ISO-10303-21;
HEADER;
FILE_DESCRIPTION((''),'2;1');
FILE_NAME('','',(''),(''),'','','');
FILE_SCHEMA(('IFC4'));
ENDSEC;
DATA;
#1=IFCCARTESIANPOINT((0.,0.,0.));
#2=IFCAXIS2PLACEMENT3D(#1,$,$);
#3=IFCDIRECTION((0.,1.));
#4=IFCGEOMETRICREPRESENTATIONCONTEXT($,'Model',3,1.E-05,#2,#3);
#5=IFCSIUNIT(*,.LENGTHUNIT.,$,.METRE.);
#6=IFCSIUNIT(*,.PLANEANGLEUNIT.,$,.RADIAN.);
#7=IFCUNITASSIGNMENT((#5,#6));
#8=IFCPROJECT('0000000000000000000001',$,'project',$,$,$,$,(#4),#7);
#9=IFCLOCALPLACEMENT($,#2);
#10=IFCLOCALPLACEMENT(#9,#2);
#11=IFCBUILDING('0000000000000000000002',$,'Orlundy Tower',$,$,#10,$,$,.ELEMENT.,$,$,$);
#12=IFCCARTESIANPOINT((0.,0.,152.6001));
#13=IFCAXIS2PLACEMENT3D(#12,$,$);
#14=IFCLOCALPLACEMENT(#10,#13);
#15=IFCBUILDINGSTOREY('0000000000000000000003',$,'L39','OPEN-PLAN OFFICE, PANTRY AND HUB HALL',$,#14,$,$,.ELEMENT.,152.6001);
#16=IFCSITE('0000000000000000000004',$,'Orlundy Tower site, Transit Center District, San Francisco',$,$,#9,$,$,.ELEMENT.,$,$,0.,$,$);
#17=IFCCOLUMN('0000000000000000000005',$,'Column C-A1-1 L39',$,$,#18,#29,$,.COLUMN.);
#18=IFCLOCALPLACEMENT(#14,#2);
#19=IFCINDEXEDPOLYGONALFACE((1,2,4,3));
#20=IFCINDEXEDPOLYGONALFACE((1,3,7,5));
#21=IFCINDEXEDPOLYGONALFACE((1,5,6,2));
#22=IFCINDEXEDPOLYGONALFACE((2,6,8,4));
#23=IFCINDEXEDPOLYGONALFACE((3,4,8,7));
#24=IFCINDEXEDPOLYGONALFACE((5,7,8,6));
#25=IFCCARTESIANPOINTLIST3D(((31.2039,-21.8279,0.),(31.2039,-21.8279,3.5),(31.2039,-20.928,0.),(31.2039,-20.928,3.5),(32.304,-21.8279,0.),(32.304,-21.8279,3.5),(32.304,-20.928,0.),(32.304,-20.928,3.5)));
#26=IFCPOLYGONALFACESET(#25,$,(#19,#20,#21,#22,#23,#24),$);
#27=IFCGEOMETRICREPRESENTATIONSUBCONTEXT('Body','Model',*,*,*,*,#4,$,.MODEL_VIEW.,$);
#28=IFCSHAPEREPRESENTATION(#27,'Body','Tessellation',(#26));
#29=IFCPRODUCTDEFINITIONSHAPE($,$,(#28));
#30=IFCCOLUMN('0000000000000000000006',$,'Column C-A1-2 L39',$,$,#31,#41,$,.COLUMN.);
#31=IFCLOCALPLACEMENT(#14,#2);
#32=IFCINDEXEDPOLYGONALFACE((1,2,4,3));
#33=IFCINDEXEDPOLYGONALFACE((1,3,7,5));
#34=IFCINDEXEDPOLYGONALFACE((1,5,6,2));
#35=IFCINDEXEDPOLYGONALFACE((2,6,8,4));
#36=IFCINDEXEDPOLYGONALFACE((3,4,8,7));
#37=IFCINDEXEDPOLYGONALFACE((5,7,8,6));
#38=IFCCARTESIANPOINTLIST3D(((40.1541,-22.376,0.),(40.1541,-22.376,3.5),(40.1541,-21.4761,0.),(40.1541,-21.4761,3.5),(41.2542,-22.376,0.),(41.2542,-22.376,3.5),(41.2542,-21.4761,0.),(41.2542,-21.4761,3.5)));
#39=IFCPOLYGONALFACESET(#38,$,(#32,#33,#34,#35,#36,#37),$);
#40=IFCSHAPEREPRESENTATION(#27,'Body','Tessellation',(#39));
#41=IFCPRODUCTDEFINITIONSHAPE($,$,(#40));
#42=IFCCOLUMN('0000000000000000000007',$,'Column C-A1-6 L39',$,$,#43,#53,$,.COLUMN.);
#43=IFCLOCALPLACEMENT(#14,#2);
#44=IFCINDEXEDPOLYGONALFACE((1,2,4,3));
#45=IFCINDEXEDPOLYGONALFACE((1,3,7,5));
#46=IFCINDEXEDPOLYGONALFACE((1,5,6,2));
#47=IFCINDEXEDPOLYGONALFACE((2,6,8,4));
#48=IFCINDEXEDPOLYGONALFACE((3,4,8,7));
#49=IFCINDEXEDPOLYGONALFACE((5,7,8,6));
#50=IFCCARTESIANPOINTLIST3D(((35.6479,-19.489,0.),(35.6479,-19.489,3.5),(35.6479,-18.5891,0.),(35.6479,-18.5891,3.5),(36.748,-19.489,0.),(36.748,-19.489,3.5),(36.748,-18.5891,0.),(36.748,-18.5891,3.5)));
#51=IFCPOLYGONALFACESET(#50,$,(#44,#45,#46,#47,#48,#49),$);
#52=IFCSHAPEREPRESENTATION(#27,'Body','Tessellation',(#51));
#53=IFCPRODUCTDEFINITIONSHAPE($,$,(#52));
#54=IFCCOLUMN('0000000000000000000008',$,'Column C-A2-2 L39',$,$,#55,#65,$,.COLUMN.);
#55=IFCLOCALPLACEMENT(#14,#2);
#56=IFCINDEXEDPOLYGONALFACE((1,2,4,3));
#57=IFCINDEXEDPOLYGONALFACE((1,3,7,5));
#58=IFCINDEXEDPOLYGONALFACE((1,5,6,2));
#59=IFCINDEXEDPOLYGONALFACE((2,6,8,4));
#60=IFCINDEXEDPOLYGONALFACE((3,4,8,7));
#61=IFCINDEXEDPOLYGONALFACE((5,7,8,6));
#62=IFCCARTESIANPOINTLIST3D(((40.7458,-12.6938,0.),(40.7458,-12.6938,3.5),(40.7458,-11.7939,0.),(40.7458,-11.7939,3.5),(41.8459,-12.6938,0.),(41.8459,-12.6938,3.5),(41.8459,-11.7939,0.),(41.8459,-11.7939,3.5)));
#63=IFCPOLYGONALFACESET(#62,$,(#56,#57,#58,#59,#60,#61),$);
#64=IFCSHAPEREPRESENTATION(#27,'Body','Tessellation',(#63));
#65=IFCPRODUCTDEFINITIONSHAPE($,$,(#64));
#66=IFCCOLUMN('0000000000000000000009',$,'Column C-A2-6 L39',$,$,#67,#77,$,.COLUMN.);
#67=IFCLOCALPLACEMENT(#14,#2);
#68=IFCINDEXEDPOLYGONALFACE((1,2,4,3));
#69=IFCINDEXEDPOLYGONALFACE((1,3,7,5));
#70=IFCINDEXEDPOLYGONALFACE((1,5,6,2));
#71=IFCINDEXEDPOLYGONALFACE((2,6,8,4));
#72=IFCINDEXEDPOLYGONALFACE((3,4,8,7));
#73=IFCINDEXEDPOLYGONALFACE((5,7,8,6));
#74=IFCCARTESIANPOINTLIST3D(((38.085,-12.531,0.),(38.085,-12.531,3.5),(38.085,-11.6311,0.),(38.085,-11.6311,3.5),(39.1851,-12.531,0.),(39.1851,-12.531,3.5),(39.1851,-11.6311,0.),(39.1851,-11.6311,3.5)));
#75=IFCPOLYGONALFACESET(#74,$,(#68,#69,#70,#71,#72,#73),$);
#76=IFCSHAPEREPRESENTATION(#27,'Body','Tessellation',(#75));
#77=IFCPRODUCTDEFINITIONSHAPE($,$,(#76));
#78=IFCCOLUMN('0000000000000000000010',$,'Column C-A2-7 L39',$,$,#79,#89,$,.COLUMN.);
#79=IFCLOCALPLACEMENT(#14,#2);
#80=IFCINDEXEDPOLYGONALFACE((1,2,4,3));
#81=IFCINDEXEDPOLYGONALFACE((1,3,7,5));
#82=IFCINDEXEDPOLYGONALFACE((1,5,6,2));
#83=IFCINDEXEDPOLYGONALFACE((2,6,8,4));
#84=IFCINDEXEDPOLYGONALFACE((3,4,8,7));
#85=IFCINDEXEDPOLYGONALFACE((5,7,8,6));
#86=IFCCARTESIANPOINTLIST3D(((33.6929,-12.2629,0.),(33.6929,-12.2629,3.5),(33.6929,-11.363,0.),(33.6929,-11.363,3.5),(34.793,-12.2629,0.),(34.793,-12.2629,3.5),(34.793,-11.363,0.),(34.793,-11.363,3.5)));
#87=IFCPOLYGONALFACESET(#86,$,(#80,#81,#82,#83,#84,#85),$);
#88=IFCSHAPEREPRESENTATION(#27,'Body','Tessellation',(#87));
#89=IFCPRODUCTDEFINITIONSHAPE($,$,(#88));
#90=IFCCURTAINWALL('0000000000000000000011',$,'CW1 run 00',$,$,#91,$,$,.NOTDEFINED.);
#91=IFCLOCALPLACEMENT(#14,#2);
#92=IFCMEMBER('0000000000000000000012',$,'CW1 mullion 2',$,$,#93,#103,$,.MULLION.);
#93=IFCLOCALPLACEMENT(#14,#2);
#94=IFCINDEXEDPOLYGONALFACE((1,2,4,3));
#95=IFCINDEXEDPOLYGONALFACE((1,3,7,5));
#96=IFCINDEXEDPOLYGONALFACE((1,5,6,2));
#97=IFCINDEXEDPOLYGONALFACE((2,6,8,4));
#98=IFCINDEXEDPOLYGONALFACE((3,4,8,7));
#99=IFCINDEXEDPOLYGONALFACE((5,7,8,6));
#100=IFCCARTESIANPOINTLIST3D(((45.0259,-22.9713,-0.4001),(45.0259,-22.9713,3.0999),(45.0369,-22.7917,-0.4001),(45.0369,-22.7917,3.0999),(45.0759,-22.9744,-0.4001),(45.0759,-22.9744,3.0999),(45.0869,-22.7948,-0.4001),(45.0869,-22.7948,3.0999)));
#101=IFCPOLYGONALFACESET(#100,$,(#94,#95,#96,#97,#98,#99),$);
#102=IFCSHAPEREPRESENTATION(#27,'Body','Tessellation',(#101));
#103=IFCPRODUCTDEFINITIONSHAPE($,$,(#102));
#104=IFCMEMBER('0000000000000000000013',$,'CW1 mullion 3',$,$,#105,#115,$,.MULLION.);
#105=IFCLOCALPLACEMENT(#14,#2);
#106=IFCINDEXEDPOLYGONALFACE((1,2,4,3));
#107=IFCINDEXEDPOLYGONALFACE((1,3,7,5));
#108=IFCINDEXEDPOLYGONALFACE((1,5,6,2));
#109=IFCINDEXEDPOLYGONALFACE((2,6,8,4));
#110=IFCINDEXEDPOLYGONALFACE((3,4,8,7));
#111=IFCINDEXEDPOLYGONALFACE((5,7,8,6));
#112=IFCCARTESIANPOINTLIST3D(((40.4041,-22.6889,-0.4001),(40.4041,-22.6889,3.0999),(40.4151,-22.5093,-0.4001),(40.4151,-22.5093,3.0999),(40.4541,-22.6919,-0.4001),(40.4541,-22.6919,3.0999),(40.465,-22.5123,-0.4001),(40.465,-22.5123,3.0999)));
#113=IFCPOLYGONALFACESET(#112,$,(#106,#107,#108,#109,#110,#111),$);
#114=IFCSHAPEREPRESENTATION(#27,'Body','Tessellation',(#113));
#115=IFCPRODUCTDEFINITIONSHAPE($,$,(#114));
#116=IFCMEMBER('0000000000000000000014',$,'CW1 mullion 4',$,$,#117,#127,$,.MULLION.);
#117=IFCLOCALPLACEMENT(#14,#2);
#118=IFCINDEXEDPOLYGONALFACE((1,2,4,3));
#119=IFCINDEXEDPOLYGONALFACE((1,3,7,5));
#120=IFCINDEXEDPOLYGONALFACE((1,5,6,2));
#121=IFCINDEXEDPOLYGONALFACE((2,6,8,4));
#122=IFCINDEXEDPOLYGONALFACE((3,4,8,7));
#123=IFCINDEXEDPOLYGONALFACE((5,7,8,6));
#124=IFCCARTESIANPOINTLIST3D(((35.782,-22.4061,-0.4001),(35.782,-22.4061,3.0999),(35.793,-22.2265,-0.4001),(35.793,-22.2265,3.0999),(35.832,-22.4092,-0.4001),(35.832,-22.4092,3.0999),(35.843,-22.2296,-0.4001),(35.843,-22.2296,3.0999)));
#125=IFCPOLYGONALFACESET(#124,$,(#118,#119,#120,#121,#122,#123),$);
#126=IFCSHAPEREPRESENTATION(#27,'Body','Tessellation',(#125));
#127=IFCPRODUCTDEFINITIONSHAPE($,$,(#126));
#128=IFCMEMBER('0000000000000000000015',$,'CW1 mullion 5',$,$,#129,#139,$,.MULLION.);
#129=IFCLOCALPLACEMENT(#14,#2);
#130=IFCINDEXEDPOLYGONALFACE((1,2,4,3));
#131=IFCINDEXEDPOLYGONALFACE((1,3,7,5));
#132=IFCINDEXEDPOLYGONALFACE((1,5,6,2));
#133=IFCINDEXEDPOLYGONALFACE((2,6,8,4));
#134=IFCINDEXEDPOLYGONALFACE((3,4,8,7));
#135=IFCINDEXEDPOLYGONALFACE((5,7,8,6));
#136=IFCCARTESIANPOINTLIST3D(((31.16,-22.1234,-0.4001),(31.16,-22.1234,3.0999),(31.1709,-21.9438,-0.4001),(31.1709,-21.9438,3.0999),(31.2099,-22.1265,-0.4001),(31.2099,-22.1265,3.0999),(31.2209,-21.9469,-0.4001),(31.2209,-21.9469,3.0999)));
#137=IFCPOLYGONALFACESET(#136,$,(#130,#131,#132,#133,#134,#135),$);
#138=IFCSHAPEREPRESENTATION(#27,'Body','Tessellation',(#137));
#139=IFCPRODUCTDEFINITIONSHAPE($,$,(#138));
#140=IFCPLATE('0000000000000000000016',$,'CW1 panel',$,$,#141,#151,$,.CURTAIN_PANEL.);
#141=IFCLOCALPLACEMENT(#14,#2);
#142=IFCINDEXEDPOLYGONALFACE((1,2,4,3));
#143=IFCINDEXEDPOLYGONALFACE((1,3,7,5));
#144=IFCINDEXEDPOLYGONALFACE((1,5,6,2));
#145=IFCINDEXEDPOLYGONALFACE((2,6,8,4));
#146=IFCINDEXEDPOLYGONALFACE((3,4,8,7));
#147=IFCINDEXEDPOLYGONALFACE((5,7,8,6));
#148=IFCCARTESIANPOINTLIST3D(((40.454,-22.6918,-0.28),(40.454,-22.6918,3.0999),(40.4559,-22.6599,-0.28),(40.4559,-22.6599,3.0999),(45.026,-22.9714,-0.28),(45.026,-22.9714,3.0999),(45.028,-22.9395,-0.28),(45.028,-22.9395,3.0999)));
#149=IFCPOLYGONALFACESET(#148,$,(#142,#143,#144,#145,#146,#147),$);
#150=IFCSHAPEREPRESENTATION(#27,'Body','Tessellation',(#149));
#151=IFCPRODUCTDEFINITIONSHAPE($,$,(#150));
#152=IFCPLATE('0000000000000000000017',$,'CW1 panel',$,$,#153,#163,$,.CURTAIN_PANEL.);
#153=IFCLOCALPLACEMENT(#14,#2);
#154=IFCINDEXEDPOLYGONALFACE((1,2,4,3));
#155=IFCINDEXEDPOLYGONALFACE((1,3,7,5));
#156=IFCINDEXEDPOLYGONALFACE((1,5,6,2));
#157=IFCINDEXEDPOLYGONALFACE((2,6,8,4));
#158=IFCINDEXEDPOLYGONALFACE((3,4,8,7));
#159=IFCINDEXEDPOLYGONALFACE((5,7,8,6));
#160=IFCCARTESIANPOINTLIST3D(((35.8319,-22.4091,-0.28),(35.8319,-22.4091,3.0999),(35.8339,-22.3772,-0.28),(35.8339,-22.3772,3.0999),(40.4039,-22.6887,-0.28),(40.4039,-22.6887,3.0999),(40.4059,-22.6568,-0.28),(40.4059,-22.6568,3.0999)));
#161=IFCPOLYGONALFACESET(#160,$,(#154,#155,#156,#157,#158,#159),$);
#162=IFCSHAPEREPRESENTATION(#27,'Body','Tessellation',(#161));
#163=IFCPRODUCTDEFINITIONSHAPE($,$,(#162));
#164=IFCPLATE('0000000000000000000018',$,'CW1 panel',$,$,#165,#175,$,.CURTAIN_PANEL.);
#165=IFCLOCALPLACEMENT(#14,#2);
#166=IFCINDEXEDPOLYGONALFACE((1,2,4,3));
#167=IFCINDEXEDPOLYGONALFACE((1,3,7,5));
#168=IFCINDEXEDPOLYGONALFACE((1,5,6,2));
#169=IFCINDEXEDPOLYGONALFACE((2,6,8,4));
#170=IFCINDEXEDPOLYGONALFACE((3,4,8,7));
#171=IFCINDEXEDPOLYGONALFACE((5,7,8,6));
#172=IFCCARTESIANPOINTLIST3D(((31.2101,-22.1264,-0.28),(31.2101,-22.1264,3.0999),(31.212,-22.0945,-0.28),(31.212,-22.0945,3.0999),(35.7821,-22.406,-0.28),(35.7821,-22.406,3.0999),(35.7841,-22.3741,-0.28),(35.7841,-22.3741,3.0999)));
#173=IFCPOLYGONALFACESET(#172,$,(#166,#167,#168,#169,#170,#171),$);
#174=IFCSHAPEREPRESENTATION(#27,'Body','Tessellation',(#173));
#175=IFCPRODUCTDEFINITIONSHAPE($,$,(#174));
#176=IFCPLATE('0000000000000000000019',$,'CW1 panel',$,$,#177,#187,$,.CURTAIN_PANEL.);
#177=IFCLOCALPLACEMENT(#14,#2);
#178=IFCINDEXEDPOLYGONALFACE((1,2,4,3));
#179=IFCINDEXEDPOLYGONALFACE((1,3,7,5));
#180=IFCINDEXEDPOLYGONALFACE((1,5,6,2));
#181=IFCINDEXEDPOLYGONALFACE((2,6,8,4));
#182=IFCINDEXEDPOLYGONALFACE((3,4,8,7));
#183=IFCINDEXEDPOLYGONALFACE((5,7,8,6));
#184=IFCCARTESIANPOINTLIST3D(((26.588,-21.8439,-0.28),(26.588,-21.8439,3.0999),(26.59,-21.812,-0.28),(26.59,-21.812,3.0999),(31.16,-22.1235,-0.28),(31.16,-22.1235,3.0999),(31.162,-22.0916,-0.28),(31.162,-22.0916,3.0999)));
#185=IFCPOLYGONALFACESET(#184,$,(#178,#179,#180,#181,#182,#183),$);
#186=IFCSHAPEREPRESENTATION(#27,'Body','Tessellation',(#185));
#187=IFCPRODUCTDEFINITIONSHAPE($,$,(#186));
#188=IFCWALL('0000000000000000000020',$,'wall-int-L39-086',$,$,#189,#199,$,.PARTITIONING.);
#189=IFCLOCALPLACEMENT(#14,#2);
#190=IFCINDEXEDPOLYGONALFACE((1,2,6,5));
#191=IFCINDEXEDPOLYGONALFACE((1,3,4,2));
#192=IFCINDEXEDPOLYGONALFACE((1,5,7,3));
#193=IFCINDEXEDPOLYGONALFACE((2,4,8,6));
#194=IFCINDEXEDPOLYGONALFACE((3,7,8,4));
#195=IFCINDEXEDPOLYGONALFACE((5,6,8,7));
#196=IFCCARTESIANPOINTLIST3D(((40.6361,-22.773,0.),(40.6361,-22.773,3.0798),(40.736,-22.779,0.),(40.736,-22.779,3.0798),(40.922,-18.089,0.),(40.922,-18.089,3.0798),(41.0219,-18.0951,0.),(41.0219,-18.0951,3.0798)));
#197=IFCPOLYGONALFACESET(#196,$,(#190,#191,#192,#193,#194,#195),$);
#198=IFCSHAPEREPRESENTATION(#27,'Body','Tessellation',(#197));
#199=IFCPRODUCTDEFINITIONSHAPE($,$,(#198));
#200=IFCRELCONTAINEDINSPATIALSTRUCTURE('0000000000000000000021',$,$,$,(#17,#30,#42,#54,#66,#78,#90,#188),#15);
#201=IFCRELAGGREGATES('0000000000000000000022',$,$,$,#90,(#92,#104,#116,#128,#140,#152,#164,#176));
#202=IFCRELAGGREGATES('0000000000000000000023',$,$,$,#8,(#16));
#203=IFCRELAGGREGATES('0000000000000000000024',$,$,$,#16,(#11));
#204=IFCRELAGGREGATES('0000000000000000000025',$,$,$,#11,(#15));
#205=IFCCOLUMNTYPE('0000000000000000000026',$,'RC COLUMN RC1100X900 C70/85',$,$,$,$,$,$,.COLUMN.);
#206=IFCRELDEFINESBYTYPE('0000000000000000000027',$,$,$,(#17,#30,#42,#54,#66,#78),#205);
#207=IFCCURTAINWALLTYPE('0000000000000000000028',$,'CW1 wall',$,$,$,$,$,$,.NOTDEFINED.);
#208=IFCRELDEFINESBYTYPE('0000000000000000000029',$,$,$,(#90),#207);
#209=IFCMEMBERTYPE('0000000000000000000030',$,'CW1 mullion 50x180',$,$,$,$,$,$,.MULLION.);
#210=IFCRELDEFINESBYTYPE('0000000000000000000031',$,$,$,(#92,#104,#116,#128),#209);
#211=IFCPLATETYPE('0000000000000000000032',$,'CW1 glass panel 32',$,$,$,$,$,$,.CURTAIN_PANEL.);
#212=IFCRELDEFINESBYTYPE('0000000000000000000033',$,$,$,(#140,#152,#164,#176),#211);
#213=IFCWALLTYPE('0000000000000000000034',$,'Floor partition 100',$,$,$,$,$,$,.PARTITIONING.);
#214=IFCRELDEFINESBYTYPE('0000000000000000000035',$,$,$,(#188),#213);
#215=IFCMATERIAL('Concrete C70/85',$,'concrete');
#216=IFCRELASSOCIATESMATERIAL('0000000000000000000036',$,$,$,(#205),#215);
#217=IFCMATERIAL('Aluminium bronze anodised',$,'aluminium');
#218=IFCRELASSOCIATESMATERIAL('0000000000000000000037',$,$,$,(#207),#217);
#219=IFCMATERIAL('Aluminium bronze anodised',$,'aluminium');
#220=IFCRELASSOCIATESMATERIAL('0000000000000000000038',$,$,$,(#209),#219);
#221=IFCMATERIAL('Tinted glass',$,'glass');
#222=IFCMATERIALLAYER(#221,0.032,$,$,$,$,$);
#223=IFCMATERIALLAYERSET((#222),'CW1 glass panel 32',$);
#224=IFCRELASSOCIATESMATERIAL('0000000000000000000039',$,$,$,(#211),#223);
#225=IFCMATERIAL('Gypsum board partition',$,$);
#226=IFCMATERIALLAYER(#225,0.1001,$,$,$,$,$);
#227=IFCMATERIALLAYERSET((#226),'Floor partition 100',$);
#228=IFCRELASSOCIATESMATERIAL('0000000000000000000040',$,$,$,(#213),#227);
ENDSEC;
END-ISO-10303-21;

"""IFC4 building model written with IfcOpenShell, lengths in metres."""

from ifc_helpers import new_model, si_unit, direction, frame, frame_2d, origin, origin_2d, place, context, subcontext, project, spatial, rectangle, extrude, material, layer, layer_set, material_profile, profile_set, type_object, element, aggregate, save


model = new_model("IFC4")

# Units and contexts
model_context = context("Model", 3, precision=1e-05, world=origin(), true_north=direction((0.0, 1.0)))
body_context = subcontext(model_context, "Body", "Model", "MODEL_VIEW")
ifc_project = project(units=[si_unit("LENGTHUNIT", "METRE"), si_unit("PLANEANGLEUNIT", "RADIAN")], contexts=[model_context])

# Site, building, storey
site_placement = place(None, origin())
site = spatial("IfcSite", under=ifc_project, at=site_placement, Name="Orlundy Tower site, Transit Center District, San Francisco", CompositionType="ELEMENT", RefElevation=0.0)
building_placement = place(site_placement, origin())
building = spatial("IfcBuilding", under=site, at=building_placement, Name="Orlundy Tower", CompositionType="ELEMENT")
storey_placement = place(building_placement, frame((0.0, 0.0, 152.6001)))
storey = spatial("IfcBuildingStorey", under=building, at=storey_placement, Name="L39", Description="OPEN-PLAN OFFICE, PANTRY AND HUB HALL", CompositionType="ELEMENT", Elevation=152.6001)

# Columns
ifc_material_1 = material(Name="Concrete C70/85", Category="concrete")
ifc_material_profile_1 = material_profile(ifc_material_1, rectangle(XDim=1.1001, YDim=0.8999, at=origin_2d()), Name="RC1100X900")
ifc_profile_set_1 = profile_set([ifc_material_profile_1], Name="Concrete C70/85")
column_type = type_object("IfcColumnType", Name="RC COLUMN RC1100X900 C70/85", PredefinedType="COLUMN", material=ifc_profile_set_1)
for number, where, z_axis, x_axis, name in (
    (1, (31.7539, -21.3779, 0.0), (0.0, 0.0, 1.0), (1.0, 0.0, 0.0), "Column C-A1-1 L39"),
    (2, (40.7041, -21.926, 0.0), (0.0, 0.0, 1.0), (1.0, 0.0, 0.0), "Column C-A1-2 L39"),
    (3, (36.198, -19.0391, 0.0), (0.0, 0.0, 1.0), (1.0, 0.0, 0.0), "Column C-A1-6 L39"),
    (4, (41.2959, -12.2439, 0.0), (0.0, 0.0, 1.0), (1.0, 0.0, 0.0), "Column C-A2-2 L39"),
    (5, (38.635, -12.0811, 0.0), (0.0, 0.0, 1.0), (1.0, 0.0, 0.0), "Column C-A2-6 L39"),
    (6, (34.2429, -11.813, 0.0), (0.0, 0.0, 1.0), (1.0, 0.0, 0.0), "Column C-A2-7 L39"),
):
    element("IfcColumn", number, at=place(storey_placement, frame(where, z_axis=z_axis, x_axis=x_axis)), inside=storey, type_object=column_type, Name=name, PredefinedType="COLUMN", context=body_context, shape_type="SweptSolid", body=[
        extrude(rectangle(XDim=1.1001, YDim=0.8999, at=origin_2d()), origin(), (0.0, 0.0, 1.0), 3.5),
    ])

# Curtain wall, members, plates
ifc_material_2 = material(Name="Aluminium bronze anodised", Category="aluminium")
curtain_wall_type = type_object("IfcCurtainWallType", Name="CW1 wall", PredefinedType="NOTDEFINED", material=ifc_material_2)
curtain_wall_placement = place(storey_placement, origin())
curtain_wall = element("IfcCurtainWall", 7, at=curtain_wall_placement, inside=storey, type_object=curtain_wall_type, Name="CW1 run 00", PredefinedType="NOTDEFINED")
ifc_material_3 = material(Name="Aluminium bronze anodised", Category="aluminium")
ifc_material_profile_2 = material_profile(ifc_material_3, rectangle(XDim=0.1799, YDim=0.05, at=origin_2d()), Name="CW1 mullion 50x180")
ifc_profile_set_2 = profile_set([ifc_material_profile_2], Name="Aluminium bronze anodised")
member_type = type_object("IfcMemberType", Name="CW1 mullion 50x180", PredefinedType="MULLION", material=ifc_profile_set_2)
member_1_placement = place(storey_placement, frame((45.0564, -22.8831, -0.4001), z_axis=(0.0, 0.0, 1.0), x_axis=(-0.061043, -0.998135, 0.0)))
member_1 = element("IfcMember", 8, at=member_1_placement, type_object=member_type, Name="CW1 mullion 2", PredefinedType="MULLION", context=body_context, shape_type="SweptSolid", body=[
    extrude(rectangle(XDim=0.1799, YDim=0.05, at=origin_2d()), origin(), (0.0, 0.0, 1.0), 3.5),
])
member_2_placement = place(storey_placement, frame((40.4346, -22.6006, -0.4001), z_axis=(0.0, 0.0, 1.0), x_axis=(-0.061043, -0.998135, 0.0)))
member_2 = element("IfcMember", 9, at=member_2_placement, type_object=member_type, Name="CW1 mullion 3", PredefinedType="MULLION", context=body_context, shape_type="SweptSolid", body=[
    extrude(rectangle(XDim=0.1799, YDim=0.05, at=origin_2d()), origin(), (0.0, 0.0, 1.0), 3.5),
])
member_3_placement = place(storey_placement, frame((35.8125, -22.3179, -0.4001), z_axis=(0.0, 0.0, 1.0), x_axis=(-0.061043, -0.998135, 0.0)))
member_3 = element("IfcMember", 10, at=member_3_placement, type_object=member_type, Name="CW1 mullion 4", PredefinedType="MULLION", context=body_context, shape_type="SweptSolid", body=[
    extrude(rectangle(XDim=0.1799, YDim=0.05, at=origin_2d()), origin(), (0.0, 0.0, 1.0), 3.5),
])
member_4_placement = place(storey_placement, frame((31.1904, -22.0352, -0.4001), z_axis=(0.0, 0.0, 1.0), x_axis=(-0.061043, -0.998135, 0.0)))
member_4 = element("IfcMember", 11, at=member_4_placement, type_object=member_type, Name="CW1 mullion 5", PredefinedType="MULLION", context=body_context, shape_type="SweptSolid", body=[
    extrude(rectangle(XDim=0.1799, YDim=0.05, at=origin_2d()), origin(), (0.0, 0.0, 1.0), 3.5),
])
ifc_material_4 = material(Name="Tinted glass", Category="glass")
ifc_layer_1 = layer(ifc_material_4, 0.032)
ifc_layer_set_1 = layer_set([ifc_layer_1], Name="CW1 glass panel 32")
plate_type = type_object("IfcPlateType", Name="CW1 glass panel 32", PredefinedType="CURTAIN_PANEL", material=ifc_layer_set_1)
plate_1_placement = place(storey_placement, frame((42.741, -22.8157, -0.28), z_axis=(0.0, 0.0, 1.0), x_axis=(-0.998135, 0.061043, 0.0)))
plate_1 = element("IfcPlate", 12, at=plate_1_placement, type_object=plate_type, Name="CW1 panel", PredefinedType="CURTAIN_PANEL", context=body_context, shape_type="SweptSolid", body=[
    extrude(rectangle(XDim=4.5806, YDim=0.032, at=origin_2d()), origin(), (0.0, 0.0, 1.0), 3.3799),
])
plate_2_placement = place(storey_placement, frame((38.1189, -22.533, -0.28), z_axis=(0.0, 0.0, 1.0), x_axis=(-0.998135, 0.061043, 0.0)))
plate_2 = element("IfcPlate", 13, at=plate_2_placement, type_object=plate_type, Name="CW1 panel", PredefinedType="CURTAIN_PANEL", context=body_context, shape_type="SweptSolid", body=[
    extrude(rectangle(XDim=4.5806, YDim=0.032, at=origin_2d()), origin(), (0.0, 0.0, 1.0), 3.3799),
])
plate_3_placement = place(storey_placement, frame((33.4971, -22.2502, -0.28), z_axis=(0.0, 0.0, 1.0), x_axis=(-0.998135, 0.061043, 0.0)))
plate_3 = element("IfcPlate", 14, at=plate_3_placement, type_object=plate_type, Name="CW1 panel", PredefinedType="CURTAIN_PANEL", context=body_context, shape_type="SweptSolid", body=[
    extrude(rectangle(XDim=4.5806, YDim=0.032, at=origin_2d()), origin(), (0.0, 0.0, 1.0), 3.3799),
])
plate_4_placement = place(storey_placement, frame((28.875, -21.9678, -0.28), z_axis=(0.0, 0.0, 1.0), x_axis=(-0.998135, 0.061043, 0.0)))
plate_4 = element("IfcPlate", 15, at=plate_4_placement, type_object=plate_type, Name="CW1 panel", PredefinedType="CURTAIN_PANEL", context=body_context, shape_type="SweptSolid", body=[
    extrude(rectangle(XDim=4.5806, YDim=0.032, at=origin_2d()), origin(), (0.0, 0.0, 1.0), 3.3799),
])
aggregate(curtain_wall, [member_1, member_2, member_3, member_4, plate_1, plate_2, plate_3, plate_4])

# Wall
ifc_material_5 = material(Name="Gypsum board partition")
ifc_layer_2 = layer(ifc_material_5, 0.1001)
ifc_layer_set_2 = layer_set([ifc_layer_2], Name="Floor partition 100")
wall_type_1 = type_object("IfcWallType", Name="Floor partition 100", PredefinedType="PARTITIONING", material=ifc_layer_set_2)
wall_1_placement = place(storey_placement, frame((40.686, -22.7759, 0.0), z_axis=(0.0, 0.0, 1.0), x_axis=(0.060924, 0.998142, 0.0)))
element("IfcWall", 16, at=wall_1_placement, inside=storey, type_object=wall_type_1, Name="wall-int-L39-086", PredefinedType="PARTITIONING", context=body_context, shape_type="SweptSolid", body=[
    extrude(rectangle(XDim=4.6926, YDim=0.1001, at=frame_2d((2.3462, 0.0))), origin(), (0.0, 0.0, 1.0), 3.0798),
])

save(model, "model.ifc")
